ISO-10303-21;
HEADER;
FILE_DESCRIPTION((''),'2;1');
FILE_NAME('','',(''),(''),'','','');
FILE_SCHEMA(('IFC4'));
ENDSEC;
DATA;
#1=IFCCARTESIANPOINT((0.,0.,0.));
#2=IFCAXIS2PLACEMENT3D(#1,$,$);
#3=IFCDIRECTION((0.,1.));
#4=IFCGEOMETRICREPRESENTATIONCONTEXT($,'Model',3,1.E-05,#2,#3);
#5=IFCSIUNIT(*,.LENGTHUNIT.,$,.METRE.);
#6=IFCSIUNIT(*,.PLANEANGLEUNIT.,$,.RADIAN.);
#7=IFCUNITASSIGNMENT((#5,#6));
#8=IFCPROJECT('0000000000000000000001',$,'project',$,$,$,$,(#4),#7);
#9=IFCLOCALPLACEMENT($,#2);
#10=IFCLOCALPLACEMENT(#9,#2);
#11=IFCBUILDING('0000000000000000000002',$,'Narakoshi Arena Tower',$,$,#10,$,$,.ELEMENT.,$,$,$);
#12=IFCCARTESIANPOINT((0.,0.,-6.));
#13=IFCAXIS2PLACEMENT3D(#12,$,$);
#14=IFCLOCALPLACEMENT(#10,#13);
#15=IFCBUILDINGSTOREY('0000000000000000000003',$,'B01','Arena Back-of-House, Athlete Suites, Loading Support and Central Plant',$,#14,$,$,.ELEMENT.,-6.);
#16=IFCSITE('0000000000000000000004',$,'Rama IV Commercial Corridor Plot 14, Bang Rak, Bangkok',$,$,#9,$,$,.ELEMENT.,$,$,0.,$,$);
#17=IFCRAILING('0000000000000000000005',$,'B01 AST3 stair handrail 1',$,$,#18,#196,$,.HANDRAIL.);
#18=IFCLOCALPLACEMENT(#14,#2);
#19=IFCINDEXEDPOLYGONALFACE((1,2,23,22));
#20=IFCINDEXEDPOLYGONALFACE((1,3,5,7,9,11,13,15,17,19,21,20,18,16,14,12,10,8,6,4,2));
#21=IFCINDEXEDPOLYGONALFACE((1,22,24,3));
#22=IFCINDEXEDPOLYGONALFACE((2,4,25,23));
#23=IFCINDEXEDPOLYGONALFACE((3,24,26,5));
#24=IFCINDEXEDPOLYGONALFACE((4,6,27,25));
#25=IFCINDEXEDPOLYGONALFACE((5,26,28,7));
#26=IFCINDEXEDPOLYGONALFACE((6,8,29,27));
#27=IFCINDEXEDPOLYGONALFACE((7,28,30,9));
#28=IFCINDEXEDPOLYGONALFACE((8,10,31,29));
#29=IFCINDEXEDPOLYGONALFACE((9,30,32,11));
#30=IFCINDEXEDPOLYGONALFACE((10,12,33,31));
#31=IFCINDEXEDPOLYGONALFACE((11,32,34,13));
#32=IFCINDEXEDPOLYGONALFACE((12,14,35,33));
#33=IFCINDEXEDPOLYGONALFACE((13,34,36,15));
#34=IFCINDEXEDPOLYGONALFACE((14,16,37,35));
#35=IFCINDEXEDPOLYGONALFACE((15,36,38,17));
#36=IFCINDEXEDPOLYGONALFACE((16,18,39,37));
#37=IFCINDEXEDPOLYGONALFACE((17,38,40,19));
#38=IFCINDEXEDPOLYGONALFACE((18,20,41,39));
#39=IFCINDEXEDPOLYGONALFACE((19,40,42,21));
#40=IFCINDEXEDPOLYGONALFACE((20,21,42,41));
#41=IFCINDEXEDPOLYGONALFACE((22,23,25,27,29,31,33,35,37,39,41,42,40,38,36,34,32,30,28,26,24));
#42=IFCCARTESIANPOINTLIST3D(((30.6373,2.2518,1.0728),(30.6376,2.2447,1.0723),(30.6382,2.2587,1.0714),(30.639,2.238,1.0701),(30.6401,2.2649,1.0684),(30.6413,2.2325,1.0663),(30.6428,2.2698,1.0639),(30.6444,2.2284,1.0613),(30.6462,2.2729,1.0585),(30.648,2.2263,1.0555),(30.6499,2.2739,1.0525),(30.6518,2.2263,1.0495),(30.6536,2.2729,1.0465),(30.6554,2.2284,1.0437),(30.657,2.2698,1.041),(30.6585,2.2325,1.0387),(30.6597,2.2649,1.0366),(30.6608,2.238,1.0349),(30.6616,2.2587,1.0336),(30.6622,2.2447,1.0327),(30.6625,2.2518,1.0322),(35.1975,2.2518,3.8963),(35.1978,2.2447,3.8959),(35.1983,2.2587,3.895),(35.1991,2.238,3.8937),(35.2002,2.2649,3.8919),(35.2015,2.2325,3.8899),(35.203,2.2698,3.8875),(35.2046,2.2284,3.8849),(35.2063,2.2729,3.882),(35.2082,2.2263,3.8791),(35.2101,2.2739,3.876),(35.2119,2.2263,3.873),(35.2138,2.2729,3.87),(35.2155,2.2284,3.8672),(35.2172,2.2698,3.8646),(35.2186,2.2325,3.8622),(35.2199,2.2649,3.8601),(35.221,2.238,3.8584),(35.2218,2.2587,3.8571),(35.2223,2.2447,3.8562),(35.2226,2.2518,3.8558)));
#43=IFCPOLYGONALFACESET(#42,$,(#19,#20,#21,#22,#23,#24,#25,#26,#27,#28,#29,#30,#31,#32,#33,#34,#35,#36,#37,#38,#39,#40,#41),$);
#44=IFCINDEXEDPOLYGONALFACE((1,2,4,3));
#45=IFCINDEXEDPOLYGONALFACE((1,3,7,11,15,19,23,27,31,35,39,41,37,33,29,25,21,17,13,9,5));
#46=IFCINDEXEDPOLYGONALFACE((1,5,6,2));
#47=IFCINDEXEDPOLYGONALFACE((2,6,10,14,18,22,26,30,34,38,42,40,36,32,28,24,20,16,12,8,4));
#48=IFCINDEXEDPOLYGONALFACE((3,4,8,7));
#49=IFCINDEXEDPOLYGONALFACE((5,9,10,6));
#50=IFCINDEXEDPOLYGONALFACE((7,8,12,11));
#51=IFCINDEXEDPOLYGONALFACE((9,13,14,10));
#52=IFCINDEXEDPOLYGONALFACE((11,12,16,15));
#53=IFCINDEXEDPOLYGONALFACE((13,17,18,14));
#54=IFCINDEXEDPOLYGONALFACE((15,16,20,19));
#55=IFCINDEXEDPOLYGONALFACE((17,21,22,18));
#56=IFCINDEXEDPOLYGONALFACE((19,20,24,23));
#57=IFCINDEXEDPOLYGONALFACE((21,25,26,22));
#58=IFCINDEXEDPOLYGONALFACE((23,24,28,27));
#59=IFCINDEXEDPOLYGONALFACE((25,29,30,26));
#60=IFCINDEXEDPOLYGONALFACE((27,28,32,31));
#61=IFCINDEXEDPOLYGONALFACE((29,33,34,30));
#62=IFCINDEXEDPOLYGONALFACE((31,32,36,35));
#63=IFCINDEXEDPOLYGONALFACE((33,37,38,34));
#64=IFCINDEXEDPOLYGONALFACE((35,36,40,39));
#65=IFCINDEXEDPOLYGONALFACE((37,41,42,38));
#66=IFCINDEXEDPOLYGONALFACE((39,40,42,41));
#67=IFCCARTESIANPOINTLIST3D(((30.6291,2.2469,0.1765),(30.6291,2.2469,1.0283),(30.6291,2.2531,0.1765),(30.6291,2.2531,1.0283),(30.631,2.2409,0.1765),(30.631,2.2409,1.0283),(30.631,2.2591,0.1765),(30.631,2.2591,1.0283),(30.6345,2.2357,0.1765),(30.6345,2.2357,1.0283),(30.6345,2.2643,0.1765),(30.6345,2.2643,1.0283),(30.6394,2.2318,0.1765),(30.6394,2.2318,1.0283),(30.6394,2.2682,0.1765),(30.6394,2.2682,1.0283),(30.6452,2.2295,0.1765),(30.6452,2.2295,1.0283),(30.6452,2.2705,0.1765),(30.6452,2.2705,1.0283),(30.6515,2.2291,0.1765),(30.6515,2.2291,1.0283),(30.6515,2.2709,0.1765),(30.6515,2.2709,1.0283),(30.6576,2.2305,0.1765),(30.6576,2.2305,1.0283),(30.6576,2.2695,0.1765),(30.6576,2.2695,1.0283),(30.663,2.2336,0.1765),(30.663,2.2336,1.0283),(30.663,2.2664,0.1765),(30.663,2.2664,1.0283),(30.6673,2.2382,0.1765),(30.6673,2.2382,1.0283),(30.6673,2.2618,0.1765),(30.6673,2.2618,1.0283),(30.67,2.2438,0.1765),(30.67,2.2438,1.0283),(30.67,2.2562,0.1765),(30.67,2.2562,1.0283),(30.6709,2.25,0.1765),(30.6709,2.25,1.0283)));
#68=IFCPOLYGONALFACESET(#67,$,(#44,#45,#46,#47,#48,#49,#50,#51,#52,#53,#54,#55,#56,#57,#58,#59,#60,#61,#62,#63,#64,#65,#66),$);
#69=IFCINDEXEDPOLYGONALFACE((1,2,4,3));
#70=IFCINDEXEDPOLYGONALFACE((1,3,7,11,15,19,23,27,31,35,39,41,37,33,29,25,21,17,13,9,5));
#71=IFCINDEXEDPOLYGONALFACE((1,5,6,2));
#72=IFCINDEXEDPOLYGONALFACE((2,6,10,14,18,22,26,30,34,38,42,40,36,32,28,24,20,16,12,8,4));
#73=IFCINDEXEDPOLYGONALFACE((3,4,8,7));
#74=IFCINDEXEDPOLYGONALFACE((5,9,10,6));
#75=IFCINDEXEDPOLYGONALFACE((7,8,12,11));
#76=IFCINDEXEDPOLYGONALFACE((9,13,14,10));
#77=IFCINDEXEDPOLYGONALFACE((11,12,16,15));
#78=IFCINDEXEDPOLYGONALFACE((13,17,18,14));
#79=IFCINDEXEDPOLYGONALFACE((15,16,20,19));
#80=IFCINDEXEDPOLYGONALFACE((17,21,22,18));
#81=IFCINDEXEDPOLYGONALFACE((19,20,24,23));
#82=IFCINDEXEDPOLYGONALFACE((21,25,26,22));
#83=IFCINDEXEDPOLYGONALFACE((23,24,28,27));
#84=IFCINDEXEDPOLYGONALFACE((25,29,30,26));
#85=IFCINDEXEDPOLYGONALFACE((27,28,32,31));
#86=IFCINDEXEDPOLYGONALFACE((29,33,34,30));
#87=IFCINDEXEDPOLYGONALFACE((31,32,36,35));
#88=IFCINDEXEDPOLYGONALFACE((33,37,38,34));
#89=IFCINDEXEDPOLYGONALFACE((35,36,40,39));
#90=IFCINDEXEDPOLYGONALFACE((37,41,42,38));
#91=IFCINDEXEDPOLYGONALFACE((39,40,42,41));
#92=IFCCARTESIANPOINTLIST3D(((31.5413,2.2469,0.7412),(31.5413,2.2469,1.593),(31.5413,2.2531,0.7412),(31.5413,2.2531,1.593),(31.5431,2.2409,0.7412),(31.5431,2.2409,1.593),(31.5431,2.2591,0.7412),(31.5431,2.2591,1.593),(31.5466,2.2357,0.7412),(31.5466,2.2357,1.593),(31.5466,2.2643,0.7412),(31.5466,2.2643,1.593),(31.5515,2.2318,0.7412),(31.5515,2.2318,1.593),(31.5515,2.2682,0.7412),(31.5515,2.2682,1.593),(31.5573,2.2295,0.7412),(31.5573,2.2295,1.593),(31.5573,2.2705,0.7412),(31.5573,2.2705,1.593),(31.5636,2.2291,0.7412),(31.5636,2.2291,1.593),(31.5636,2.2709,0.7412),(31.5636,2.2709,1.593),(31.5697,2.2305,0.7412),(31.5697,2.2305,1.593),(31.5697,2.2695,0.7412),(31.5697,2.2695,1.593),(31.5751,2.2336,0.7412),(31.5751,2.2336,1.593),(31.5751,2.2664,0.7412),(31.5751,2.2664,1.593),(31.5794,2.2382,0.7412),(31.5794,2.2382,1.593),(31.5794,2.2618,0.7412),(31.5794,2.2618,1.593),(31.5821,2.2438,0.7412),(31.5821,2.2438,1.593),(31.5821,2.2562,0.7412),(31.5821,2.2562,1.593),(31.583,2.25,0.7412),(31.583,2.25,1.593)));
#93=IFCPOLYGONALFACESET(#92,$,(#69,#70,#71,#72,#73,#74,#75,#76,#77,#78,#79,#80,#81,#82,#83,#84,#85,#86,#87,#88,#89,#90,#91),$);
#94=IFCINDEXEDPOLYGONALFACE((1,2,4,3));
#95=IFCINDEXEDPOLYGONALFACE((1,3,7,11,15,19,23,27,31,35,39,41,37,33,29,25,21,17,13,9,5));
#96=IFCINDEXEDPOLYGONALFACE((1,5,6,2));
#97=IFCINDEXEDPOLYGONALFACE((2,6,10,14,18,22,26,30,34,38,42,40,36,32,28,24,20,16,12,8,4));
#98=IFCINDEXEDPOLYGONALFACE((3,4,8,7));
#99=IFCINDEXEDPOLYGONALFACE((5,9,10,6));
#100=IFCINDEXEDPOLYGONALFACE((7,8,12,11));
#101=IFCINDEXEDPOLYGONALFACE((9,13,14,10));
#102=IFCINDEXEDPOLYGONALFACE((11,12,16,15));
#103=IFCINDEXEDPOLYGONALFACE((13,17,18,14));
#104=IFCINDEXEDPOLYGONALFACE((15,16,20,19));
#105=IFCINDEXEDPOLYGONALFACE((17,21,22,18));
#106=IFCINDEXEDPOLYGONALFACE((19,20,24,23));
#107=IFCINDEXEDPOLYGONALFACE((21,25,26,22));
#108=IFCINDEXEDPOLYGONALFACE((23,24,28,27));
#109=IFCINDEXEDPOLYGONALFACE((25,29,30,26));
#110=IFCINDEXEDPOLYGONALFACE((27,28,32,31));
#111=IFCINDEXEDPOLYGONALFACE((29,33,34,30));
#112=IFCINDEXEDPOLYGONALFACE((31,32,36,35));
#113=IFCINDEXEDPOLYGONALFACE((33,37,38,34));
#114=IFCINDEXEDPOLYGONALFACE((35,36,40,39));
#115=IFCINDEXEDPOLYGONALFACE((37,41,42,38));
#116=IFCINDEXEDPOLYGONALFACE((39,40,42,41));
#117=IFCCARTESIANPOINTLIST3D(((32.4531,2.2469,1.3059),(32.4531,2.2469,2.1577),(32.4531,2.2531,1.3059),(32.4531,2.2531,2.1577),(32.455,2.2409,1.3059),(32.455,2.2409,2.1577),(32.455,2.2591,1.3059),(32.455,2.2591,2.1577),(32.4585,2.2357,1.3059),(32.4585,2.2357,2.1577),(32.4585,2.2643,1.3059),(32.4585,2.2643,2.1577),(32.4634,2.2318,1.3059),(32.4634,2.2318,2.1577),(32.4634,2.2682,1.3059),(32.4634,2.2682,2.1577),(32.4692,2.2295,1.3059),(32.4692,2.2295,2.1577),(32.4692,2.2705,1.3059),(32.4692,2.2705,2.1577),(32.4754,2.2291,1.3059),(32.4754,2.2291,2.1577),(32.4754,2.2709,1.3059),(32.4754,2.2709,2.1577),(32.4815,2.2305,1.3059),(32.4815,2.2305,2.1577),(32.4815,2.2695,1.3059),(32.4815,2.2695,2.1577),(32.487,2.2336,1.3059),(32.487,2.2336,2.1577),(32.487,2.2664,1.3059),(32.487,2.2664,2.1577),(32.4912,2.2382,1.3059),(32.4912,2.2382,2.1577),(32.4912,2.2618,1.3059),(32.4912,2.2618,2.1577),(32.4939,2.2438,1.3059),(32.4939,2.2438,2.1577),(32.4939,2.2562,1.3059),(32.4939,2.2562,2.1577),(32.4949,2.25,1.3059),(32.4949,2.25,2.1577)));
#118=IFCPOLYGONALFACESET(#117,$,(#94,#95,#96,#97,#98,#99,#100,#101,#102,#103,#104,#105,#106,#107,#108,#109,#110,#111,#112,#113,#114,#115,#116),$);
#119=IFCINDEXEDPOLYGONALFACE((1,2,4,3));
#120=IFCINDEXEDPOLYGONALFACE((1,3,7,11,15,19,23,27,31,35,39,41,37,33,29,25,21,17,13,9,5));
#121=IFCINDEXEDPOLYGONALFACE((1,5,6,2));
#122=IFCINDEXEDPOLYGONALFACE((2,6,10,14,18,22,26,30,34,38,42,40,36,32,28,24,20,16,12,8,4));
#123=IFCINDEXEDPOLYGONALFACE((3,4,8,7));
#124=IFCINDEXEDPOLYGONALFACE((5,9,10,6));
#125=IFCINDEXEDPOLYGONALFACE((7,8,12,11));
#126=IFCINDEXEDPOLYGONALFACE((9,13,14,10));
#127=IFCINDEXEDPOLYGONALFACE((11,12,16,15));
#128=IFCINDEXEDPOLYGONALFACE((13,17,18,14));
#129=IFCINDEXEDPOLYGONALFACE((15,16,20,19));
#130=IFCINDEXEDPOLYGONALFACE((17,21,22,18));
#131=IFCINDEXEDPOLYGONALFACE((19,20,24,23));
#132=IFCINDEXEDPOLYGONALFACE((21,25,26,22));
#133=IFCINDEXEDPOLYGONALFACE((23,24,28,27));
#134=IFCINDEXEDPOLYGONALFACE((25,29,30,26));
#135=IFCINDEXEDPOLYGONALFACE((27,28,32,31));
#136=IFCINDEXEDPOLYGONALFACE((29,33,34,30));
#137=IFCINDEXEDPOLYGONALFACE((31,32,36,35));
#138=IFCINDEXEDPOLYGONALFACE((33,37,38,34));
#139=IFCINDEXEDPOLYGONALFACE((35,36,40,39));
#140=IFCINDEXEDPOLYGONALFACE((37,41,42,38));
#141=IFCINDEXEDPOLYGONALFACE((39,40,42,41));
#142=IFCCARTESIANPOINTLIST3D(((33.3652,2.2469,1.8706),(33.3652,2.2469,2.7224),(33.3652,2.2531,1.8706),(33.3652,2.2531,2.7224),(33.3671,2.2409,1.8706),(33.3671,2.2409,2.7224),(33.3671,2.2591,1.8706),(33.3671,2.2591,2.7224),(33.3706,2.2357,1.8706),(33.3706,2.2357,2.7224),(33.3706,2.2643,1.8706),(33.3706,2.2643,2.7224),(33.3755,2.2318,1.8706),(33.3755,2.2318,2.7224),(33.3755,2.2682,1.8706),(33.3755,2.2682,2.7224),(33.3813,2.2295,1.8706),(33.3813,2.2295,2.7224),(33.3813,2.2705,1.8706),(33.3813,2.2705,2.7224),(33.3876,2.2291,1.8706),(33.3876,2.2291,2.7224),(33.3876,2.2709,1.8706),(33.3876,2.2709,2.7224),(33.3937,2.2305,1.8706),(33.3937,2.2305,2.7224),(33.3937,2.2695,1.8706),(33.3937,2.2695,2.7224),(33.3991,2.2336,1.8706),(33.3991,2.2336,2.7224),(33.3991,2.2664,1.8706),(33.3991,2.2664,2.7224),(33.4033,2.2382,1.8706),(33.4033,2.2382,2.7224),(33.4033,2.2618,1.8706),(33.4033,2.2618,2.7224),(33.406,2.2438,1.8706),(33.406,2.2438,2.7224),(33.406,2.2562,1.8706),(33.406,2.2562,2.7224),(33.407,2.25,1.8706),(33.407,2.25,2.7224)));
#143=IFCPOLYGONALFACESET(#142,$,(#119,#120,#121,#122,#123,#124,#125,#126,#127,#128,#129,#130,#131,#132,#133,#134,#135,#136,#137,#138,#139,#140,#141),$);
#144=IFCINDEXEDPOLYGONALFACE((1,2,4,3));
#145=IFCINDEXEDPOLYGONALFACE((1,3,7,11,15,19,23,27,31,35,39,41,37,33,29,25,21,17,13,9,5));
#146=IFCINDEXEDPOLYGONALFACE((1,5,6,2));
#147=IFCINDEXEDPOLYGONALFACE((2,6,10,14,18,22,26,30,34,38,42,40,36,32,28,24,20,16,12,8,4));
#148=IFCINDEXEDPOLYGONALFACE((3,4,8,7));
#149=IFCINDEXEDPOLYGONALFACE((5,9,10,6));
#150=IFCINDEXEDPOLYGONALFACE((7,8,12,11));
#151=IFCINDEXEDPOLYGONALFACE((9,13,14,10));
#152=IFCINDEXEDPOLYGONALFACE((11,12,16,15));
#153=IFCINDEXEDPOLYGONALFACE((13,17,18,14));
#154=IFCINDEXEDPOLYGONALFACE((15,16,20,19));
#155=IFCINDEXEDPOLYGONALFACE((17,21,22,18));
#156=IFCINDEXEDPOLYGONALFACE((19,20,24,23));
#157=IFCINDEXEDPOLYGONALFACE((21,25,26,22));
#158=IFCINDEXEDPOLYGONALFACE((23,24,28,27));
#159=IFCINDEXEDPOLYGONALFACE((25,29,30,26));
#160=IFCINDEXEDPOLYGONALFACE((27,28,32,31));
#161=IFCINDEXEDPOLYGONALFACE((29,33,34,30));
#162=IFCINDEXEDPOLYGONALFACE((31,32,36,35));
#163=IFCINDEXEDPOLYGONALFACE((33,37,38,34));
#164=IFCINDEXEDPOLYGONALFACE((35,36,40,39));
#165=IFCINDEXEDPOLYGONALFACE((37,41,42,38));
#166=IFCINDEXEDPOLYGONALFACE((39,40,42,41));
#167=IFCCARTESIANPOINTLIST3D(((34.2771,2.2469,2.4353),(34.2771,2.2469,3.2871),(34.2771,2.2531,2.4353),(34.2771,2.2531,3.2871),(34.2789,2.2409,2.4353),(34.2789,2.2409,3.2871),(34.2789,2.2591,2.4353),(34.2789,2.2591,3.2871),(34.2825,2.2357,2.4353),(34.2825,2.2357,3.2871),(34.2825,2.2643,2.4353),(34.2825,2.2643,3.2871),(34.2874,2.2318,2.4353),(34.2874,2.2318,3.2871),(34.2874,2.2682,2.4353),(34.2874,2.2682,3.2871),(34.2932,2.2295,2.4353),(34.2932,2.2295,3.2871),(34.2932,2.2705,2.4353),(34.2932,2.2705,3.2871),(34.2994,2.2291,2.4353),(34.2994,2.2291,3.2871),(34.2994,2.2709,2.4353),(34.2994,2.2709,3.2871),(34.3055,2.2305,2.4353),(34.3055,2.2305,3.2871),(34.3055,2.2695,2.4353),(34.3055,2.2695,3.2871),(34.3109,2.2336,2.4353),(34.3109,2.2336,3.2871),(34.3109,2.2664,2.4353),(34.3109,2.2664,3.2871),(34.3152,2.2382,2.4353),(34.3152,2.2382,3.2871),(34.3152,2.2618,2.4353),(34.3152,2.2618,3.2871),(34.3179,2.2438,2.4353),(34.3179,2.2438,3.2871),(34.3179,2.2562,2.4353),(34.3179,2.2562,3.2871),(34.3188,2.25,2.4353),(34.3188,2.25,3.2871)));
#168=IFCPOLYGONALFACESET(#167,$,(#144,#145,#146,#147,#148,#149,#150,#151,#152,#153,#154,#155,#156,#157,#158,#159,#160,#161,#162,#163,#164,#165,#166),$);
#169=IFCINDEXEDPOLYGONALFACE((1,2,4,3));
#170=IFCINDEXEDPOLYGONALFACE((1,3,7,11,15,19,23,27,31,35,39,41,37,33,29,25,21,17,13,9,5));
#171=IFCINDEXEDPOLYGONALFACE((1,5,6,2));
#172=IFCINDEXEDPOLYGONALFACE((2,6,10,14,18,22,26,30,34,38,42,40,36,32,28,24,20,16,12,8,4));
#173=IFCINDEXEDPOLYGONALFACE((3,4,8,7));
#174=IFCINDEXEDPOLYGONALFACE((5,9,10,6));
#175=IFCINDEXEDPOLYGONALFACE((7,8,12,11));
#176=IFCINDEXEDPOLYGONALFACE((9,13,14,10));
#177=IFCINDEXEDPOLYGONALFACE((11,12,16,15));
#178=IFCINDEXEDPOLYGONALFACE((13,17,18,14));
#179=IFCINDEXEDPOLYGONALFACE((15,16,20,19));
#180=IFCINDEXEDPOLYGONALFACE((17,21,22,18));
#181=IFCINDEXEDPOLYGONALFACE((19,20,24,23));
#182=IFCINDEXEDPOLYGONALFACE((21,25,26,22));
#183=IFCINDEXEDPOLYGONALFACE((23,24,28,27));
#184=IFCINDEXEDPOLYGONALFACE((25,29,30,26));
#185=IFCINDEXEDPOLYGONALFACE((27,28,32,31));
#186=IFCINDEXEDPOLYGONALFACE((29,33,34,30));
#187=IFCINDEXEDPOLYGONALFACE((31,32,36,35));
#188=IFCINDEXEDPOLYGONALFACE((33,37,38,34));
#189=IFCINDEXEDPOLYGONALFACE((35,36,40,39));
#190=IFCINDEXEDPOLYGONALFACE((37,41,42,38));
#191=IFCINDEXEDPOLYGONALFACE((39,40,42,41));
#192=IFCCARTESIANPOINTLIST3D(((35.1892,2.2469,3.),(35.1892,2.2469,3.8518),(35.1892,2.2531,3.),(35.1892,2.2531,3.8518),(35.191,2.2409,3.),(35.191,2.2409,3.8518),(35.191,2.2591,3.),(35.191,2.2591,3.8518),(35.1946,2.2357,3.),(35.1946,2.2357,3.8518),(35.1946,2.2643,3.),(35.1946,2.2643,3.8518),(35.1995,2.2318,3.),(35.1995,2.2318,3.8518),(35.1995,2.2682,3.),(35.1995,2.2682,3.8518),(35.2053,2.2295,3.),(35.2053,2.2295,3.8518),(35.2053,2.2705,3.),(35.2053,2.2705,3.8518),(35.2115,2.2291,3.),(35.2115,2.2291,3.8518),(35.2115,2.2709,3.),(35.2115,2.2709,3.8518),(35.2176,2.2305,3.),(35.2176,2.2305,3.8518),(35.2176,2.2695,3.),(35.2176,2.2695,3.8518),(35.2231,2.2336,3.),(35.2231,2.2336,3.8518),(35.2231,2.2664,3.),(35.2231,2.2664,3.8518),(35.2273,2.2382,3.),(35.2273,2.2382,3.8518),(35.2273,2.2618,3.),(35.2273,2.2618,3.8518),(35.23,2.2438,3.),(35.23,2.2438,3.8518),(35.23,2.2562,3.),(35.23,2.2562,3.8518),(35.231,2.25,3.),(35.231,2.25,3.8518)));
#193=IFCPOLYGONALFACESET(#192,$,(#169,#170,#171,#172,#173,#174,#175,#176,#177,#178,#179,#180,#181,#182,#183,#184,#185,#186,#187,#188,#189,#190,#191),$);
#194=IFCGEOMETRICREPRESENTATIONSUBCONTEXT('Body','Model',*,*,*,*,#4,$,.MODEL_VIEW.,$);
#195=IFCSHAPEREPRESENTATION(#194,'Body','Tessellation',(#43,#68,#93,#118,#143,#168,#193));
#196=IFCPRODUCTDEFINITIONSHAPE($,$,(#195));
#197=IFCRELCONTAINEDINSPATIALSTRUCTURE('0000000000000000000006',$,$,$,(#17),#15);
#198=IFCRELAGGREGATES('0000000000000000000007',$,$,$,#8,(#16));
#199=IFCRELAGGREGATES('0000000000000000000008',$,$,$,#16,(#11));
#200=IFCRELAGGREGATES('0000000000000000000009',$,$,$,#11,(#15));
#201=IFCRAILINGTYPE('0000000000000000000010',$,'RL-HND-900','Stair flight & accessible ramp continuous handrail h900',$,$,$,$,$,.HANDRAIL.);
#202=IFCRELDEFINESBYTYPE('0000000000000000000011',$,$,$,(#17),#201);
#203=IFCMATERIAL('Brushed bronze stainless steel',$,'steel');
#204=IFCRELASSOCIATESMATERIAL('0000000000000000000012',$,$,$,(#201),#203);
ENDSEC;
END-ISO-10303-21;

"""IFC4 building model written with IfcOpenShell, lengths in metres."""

from ifc_helpers import new_model, si_unit, direction, frame, origin, origin_2d, place, context, subcontext, project, spatial, circle, extrude, material, type_object, element, save


model = new_model("IFC4")

# Units and contexts
model_context = context("Model", 3, precision=1e-05, world=origin(), true_north=direction((0.0, 1.0)))
body_context = subcontext(model_context, "Body", "Model", "MODEL_VIEW")
ifc_project = project(units=[si_unit("LENGTHUNIT", "METRE"), si_unit("PLANEANGLEUNIT", "RADIAN")], contexts=[model_context])

# Site, building, storey
site_placement = place(None, origin())
site = spatial("IfcSite", under=ifc_project, at=site_placement, Name="Rama IV Commercial Corridor Plot 14, Bang Rak, Bangkok", CompositionType="ELEMENT", RefElevation=0.0)
building_placement = place(site_placement, origin())
building = spatial("IfcBuilding", under=site, at=building_placement, Name="Narakoshi Arena Tower", CompositionType="ELEMENT")
storey_placement = place(building_placement, frame((0.0, 0.0, -6.0)))
storey = spatial("IfcBuildingStorey", under=building, at=storey_placement, Name="B01", Description="Arena Back-of-House, Athlete Suites, Loading Support and Central Plant", CompositionType="ELEMENT", Elevation=-6.0)

# Railing
ifc_material_1 = material(Name="Brushed bronze stainless steel", Category="steel")
railing_type_1 = type_object("IfcRailingType", Name="RL-HND-900", Description="Stair flight & accessible ramp continuous handrail h900", PredefinedType="HANDRAIL", material=ifc_material_1)
railing_1_placement = place(storey_placement, frame((30.6499, 2.25, 0.1765)))
element("IfcRailing", 1, at=railing_1_placement, inside=storey, type_object=railing_type_1, Name="B01 AST3 stair handrail 1", PredefinedType="HANDRAIL", context=body_context, shape_type="SweptSolid", body=[
    extrude(circle(Radius=0.0239, at=origin_2d()), frame((0.0, 0.0, 0.876), z_axis=(0.850216, 0.0, 0.526435), x_axis=(0.0, 1.0, 0.0)), (0.0, 0.0, 1.0), 5.3635),
    extrude(circle(Radius=0.021, at=origin_2d()), origin(), (0.0, 0.0, 1.0), 0.8518),
    extrude(circle(Radius=0.021, at=origin_2d()), frame((0.9121, 0.0, 0.5647)), (0.0, 0.0, 1.0), 0.8518),
    extrude(circle(Radius=0.021, at=origin_2d()), frame((1.824, 0.0, 1.1294)), (0.0, 0.0, 1.0), 0.8518),
    extrude(circle(Radius=0.021, at=origin_2d()), frame((2.7361, 0.0, 1.6941)), (0.0, 0.0, 1.0), 0.8518),
    extrude(circle(Radius=0.021, at=origin_2d()), frame((3.6479, 0.0, 2.2588)), (0.0, 0.0, 1.0), 0.8518),
    extrude(circle(Radius=0.021, at=origin_2d()), frame((4.5601, 0.0, 2.8235)), (0.0, 0.0, 1.0), 0.8518),
])

save(model, "model.ifc")
